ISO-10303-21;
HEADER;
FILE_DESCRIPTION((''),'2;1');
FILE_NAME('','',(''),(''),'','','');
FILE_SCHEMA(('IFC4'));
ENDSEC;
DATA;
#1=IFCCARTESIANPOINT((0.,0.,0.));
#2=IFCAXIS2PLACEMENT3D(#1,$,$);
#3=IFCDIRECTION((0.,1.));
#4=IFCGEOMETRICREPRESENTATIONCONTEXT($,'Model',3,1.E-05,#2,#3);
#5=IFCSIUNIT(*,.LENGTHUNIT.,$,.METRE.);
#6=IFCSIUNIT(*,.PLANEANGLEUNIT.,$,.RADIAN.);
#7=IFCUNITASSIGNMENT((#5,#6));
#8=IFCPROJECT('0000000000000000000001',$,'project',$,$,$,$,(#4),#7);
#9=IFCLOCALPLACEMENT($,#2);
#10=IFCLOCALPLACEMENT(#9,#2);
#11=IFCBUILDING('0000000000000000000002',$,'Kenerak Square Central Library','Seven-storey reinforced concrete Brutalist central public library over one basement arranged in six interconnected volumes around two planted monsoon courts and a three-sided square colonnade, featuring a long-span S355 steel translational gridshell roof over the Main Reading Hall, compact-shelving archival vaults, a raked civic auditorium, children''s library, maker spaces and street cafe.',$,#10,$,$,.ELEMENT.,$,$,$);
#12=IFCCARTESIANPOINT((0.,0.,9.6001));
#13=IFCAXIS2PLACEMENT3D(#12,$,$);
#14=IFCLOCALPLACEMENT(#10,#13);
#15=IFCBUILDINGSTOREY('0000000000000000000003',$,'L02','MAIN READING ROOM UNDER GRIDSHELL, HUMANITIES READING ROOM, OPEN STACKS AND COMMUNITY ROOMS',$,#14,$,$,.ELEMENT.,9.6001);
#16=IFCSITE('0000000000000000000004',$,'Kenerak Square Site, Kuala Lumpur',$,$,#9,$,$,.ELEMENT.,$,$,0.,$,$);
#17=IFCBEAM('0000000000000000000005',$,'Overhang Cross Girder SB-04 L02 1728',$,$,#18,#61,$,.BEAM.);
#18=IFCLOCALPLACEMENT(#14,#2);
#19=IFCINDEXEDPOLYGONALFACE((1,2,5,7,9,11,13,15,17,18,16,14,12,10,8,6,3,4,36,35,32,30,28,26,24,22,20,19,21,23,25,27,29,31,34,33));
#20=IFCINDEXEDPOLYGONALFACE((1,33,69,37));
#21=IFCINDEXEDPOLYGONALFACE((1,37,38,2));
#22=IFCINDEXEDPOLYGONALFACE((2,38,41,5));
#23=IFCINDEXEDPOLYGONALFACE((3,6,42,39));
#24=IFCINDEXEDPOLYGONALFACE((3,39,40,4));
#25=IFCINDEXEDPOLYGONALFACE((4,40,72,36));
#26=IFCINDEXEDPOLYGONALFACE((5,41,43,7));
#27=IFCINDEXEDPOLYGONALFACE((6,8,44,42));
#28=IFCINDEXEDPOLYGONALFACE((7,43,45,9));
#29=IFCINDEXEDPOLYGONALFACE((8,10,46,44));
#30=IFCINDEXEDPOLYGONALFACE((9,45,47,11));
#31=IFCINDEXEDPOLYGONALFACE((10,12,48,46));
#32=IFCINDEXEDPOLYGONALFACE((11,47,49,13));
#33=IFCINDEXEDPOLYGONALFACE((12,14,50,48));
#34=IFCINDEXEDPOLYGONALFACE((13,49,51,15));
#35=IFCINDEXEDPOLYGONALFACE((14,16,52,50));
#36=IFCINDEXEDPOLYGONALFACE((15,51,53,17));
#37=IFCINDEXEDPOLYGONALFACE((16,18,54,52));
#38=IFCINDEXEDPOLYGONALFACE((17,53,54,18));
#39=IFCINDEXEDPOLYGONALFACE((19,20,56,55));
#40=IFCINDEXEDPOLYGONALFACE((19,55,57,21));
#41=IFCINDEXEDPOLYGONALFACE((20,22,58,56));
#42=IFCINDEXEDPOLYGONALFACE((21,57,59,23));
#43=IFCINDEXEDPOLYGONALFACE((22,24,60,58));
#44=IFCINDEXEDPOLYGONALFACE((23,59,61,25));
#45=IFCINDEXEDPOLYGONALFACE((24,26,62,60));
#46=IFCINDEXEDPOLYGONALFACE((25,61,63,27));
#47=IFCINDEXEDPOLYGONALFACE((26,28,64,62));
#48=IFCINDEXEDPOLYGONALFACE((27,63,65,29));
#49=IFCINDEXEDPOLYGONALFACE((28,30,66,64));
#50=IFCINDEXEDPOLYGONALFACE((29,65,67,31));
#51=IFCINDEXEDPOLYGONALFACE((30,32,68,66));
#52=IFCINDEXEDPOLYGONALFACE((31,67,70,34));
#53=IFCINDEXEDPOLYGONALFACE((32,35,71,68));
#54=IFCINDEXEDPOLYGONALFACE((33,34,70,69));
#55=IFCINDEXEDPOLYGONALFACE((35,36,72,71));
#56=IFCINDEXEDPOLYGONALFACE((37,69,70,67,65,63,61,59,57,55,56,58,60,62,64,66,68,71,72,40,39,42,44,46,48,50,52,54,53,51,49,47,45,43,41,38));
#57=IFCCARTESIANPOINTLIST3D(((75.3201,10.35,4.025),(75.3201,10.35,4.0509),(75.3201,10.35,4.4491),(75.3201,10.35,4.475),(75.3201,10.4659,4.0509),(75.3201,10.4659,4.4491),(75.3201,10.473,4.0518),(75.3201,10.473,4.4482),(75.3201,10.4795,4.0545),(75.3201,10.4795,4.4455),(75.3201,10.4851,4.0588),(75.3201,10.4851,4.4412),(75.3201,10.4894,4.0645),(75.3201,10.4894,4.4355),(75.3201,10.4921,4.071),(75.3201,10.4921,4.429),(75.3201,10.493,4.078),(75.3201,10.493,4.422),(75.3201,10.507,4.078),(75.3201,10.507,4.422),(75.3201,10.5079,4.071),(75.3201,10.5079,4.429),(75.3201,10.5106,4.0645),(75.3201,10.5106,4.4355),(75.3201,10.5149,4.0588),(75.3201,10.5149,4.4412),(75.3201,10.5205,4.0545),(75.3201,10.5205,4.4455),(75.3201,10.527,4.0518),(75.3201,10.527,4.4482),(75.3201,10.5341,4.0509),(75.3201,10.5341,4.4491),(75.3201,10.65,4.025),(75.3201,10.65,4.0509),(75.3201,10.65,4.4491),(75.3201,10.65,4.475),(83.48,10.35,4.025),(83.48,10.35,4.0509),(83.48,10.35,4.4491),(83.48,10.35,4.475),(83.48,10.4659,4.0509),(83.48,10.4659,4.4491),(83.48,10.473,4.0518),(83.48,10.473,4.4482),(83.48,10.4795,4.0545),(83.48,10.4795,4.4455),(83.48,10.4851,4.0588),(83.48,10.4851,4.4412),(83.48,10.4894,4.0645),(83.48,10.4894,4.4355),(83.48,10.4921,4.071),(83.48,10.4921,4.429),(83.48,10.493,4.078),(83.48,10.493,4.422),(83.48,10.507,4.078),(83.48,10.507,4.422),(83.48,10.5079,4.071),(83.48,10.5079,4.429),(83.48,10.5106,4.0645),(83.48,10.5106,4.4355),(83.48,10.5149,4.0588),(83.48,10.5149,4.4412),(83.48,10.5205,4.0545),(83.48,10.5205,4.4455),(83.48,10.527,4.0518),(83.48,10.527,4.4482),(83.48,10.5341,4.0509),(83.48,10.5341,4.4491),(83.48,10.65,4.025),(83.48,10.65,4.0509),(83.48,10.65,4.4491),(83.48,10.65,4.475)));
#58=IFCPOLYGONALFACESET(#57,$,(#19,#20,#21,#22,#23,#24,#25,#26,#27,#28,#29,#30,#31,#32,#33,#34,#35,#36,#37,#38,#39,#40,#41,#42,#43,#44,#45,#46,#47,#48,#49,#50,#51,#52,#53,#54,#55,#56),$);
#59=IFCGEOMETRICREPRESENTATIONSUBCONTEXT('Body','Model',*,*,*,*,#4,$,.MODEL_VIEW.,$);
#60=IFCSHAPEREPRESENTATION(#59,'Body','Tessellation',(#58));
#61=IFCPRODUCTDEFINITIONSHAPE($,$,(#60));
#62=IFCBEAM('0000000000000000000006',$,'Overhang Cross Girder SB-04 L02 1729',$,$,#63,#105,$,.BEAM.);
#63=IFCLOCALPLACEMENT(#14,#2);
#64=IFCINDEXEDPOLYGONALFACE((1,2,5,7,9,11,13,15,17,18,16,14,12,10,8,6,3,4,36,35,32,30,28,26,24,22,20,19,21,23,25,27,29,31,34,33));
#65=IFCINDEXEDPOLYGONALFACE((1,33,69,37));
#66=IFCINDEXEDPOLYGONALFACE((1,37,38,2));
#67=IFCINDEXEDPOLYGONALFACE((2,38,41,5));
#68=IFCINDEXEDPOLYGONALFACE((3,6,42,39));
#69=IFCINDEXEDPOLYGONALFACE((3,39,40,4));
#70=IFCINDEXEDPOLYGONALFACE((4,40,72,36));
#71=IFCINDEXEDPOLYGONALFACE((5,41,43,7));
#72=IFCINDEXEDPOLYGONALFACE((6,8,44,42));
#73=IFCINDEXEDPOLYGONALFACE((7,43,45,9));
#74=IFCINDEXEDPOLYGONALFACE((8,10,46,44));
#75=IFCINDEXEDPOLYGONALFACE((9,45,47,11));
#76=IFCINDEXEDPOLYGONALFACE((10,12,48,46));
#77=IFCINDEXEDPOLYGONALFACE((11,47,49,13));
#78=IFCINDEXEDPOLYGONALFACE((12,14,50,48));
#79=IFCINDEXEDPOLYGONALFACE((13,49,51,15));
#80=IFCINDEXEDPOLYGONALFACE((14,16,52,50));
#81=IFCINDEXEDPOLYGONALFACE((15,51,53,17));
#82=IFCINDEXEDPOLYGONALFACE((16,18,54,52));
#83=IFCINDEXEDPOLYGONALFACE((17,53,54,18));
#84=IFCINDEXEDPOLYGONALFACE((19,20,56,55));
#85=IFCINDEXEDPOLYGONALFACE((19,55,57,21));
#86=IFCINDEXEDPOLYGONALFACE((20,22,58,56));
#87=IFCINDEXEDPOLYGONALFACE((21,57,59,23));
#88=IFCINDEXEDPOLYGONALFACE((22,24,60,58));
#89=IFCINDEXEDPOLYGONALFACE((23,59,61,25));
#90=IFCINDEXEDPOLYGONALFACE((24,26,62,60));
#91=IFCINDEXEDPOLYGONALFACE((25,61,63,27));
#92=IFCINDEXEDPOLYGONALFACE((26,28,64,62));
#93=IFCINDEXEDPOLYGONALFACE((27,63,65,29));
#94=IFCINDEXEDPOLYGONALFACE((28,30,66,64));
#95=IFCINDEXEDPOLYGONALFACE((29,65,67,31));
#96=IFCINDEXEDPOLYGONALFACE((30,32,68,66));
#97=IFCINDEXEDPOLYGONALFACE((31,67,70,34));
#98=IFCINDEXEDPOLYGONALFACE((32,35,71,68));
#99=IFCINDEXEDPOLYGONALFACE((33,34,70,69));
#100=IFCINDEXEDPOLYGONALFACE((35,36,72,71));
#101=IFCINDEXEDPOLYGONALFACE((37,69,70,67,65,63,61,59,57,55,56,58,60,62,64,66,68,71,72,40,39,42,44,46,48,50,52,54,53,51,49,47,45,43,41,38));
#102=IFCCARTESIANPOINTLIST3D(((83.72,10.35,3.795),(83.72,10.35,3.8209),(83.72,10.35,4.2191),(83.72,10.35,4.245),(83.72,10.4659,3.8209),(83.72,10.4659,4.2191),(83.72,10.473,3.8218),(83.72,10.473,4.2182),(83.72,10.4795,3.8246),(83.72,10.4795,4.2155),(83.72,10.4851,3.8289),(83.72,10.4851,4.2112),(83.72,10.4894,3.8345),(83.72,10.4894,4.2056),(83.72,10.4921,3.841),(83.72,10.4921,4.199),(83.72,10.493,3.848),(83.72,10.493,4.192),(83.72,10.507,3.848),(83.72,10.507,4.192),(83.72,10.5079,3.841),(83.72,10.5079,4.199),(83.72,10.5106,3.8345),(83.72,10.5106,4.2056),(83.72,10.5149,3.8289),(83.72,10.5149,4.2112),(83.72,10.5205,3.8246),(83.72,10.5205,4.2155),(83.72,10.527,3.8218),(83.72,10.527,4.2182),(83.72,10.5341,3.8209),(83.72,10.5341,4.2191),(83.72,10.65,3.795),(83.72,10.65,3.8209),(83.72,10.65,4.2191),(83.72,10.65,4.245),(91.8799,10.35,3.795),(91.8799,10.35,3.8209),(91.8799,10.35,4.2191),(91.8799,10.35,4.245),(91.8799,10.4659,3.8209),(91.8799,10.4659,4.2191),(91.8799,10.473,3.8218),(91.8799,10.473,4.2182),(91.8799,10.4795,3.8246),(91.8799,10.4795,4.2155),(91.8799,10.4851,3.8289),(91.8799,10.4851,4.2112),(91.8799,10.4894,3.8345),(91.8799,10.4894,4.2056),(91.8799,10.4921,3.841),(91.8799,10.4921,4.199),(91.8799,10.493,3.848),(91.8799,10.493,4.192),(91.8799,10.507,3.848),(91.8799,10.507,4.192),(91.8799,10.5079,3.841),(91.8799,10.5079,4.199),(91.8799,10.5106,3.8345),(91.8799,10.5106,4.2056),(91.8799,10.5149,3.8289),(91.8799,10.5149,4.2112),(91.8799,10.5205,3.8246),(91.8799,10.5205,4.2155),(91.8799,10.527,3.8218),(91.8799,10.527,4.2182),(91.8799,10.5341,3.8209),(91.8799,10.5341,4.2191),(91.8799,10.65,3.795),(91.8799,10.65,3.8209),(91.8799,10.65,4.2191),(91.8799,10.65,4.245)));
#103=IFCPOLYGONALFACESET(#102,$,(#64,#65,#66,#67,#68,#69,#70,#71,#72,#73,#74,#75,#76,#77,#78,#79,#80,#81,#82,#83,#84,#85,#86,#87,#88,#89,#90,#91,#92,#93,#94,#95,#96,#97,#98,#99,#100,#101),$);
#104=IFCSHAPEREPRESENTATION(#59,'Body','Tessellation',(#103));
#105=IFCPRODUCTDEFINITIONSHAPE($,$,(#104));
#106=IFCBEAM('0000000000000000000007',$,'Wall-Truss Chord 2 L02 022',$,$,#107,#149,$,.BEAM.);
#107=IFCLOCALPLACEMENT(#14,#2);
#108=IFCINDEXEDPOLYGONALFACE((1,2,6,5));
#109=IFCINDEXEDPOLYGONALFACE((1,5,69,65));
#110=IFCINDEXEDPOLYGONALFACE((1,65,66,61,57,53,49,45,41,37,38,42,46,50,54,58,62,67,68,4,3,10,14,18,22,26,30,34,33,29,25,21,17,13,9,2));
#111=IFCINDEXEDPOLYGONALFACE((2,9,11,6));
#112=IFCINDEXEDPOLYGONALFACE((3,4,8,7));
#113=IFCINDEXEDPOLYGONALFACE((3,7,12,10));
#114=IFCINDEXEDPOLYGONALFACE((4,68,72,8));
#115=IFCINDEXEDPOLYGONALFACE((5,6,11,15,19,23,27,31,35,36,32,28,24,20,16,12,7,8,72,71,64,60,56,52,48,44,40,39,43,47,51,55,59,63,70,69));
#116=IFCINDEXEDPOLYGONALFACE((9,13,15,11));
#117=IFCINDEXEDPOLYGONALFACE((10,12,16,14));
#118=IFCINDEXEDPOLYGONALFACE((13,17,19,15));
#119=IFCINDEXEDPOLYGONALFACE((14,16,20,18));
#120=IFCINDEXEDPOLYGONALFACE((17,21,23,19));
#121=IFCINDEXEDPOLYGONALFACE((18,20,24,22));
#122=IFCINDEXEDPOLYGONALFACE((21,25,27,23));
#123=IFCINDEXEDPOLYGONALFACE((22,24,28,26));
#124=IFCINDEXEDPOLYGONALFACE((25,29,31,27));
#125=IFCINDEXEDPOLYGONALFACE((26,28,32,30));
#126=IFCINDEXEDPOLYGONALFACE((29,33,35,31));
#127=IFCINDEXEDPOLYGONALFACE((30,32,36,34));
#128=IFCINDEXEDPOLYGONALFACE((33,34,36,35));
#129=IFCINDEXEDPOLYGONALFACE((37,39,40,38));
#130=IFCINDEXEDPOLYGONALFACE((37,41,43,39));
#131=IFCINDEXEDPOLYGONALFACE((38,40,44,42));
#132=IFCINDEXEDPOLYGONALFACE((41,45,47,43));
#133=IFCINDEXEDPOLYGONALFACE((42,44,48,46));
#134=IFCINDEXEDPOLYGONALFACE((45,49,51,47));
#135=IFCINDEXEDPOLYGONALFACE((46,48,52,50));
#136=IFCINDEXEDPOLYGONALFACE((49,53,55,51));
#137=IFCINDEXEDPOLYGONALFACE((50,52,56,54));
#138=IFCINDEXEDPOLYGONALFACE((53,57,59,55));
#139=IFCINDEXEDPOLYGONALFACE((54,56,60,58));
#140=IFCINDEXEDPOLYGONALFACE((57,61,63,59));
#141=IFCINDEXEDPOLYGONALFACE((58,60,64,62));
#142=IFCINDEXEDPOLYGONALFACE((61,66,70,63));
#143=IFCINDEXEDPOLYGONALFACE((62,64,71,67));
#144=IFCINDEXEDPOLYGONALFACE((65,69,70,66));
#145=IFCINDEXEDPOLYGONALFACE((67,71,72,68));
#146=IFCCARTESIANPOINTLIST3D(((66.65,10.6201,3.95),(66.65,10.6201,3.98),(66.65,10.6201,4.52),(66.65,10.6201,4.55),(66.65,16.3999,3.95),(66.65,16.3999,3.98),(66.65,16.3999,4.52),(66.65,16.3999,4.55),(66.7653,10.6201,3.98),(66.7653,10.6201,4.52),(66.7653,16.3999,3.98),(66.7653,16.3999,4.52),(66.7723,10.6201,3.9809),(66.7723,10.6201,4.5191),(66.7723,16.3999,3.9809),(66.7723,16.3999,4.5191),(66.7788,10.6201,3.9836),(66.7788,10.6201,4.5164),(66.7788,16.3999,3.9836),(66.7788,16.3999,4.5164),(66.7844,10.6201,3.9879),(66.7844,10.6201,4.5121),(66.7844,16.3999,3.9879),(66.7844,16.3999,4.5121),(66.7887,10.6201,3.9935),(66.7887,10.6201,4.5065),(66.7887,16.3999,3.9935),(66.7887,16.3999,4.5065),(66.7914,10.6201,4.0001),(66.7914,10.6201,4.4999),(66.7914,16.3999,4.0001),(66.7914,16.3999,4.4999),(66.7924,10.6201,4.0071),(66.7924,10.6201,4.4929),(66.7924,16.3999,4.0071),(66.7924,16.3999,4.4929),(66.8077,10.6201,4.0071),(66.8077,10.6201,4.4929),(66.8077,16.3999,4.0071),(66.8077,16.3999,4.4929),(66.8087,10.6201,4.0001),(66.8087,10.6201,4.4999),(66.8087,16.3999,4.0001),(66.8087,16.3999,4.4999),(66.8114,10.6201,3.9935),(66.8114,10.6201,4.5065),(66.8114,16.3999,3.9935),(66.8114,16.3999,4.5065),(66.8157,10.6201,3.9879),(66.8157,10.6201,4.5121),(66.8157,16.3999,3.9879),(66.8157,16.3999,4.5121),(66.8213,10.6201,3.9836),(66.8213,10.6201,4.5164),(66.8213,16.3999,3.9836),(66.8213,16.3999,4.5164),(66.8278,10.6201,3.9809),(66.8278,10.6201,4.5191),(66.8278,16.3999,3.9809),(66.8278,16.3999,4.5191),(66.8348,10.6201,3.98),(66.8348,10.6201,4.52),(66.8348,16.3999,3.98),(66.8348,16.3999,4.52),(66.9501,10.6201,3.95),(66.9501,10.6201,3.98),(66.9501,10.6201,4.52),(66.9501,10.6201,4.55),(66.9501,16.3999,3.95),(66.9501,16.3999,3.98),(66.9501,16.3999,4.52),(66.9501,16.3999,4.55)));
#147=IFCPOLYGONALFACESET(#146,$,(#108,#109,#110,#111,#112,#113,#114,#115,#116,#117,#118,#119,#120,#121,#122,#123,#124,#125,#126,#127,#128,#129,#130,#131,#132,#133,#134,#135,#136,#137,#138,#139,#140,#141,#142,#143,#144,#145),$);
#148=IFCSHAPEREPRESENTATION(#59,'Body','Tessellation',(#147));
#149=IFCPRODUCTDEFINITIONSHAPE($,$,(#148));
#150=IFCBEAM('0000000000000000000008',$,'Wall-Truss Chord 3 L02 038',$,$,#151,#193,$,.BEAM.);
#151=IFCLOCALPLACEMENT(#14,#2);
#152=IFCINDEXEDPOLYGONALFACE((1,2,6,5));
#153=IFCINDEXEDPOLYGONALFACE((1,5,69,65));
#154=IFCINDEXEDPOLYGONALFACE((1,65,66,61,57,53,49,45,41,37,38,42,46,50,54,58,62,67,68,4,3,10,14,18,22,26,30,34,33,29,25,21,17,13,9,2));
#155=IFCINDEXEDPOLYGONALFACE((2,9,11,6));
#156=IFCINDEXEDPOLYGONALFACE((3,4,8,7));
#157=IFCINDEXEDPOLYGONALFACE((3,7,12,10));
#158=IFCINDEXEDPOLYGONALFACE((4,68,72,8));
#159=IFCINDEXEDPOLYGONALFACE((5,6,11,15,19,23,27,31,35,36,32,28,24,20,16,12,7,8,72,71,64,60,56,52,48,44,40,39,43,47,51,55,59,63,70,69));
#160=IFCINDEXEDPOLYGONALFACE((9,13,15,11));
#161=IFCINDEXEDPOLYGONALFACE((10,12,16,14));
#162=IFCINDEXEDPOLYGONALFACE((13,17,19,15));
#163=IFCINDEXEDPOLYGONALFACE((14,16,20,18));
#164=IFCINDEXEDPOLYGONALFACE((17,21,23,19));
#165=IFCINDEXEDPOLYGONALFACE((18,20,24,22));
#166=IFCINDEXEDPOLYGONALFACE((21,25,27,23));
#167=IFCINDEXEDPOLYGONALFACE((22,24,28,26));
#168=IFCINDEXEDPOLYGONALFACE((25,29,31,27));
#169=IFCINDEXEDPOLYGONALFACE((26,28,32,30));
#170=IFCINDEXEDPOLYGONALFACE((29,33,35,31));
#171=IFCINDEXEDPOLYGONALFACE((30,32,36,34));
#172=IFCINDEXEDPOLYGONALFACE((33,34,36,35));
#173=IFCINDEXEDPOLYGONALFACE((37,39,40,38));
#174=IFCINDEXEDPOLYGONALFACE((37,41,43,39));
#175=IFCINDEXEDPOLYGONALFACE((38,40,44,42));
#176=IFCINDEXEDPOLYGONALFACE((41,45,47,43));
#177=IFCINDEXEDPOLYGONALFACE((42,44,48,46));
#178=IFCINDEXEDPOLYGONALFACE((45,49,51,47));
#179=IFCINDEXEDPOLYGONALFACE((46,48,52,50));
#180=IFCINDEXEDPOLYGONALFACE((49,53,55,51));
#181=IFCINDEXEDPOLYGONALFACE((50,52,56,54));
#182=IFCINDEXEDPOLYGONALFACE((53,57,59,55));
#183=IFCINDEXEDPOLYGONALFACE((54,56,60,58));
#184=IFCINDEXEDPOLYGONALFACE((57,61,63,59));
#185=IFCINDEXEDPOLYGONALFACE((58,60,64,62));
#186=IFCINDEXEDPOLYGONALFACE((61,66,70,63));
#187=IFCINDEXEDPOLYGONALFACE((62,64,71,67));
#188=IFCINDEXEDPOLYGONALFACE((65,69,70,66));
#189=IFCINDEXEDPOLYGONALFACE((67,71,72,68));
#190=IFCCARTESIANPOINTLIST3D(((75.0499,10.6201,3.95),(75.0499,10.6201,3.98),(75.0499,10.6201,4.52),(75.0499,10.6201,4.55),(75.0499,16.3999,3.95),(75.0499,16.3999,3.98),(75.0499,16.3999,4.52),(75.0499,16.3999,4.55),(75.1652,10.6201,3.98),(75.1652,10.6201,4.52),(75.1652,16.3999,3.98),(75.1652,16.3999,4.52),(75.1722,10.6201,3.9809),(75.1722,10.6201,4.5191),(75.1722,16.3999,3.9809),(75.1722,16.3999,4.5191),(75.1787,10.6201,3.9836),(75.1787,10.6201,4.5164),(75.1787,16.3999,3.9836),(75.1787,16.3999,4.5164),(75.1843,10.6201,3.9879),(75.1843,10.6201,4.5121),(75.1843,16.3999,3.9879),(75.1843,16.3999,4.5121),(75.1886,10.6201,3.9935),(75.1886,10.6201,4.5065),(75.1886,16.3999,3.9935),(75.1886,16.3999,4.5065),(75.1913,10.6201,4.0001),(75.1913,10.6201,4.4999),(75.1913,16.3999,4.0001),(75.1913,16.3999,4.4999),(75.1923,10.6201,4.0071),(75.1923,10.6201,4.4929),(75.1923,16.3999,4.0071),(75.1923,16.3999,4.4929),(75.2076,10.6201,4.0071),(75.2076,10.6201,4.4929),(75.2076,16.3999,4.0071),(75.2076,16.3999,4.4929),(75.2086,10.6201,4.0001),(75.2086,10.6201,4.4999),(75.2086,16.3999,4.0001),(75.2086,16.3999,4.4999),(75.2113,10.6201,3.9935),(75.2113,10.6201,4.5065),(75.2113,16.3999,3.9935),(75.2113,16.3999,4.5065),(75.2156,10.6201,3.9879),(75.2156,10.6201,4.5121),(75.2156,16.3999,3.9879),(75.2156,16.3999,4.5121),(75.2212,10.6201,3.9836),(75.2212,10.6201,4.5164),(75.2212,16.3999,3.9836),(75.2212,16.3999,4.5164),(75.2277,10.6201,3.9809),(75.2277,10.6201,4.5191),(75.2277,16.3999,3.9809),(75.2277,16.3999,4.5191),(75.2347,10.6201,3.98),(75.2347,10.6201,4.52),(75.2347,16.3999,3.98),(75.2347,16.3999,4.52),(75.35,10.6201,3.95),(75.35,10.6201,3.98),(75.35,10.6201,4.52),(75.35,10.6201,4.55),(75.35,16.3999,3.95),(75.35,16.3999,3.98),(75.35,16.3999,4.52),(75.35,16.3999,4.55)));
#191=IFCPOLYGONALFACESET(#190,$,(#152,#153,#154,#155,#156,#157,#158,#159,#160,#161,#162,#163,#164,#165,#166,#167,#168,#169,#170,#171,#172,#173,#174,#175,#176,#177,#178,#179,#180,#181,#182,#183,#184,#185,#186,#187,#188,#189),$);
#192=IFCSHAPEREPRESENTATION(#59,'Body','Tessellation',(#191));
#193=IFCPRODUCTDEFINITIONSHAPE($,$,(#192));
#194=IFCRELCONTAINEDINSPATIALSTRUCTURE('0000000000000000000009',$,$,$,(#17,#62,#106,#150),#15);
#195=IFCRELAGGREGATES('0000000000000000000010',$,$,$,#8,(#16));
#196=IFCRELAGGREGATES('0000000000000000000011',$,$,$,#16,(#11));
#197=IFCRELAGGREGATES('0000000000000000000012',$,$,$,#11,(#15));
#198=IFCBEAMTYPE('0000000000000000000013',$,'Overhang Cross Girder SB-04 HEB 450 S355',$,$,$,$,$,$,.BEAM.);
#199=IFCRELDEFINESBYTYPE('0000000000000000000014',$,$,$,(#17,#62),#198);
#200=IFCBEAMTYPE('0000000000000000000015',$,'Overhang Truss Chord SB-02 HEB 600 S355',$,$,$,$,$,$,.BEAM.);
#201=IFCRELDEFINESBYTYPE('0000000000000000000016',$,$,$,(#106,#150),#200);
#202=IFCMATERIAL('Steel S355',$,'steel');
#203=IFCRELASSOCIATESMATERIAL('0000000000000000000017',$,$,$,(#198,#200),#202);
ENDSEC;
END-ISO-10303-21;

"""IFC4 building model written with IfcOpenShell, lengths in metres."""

from ifc_helpers import new_model, si_unit, direction, frame, origin, origin_2d, place, context, subcontext, project, spatial, i_section, extrude, material, material_profile, profile_set, type_object, element, save


model = new_model("IFC4")

# Units and contexts
model_context = context("Model", 3, precision=1e-05, world=origin(), true_north=direction((0.0, 1.0)))
body_context = subcontext(model_context, "Body", "Model", "MODEL_VIEW")
ifc_project = project(units=[si_unit("LENGTHUNIT", "METRE"), si_unit("PLANEANGLEUNIT", "RADIAN")], contexts=[model_context])

# Site, building, storey
site_placement = place(None, origin())
site = spatial("IfcSite", under=ifc_project, at=site_placement, Name="Kenerak Square Site, Kuala Lumpur", CompositionType="ELEMENT", RefElevation=0.0)
building_placement = place(site_placement, origin())
building = spatial("IfcBuilding", under=site, at=building_placement, Name="Kenerak Square Central Library", Description="Seven-storey reinforced concrete Brutalist central public library over one basement arranged in six interconnected volumes around two planted monsoon courts and a three-sided square colonnade, featuring a long-span S355 steel translational gridshell roof over the Main Reading Hall, compact-shelving archival vaults, a raked civic auditorium, children's library, maker spaces and street cafe.", CompositionType="ELEMENT")
storey_placement = place(building_placement, frame((0.0, 0.0, 9.6001)))
storey = spatial("IfcBuildingStorey", under=building, at=storey_placement, Name="L02", Description="MAIN READING ROOM UNDER GRIDSHELL, HUMANITIES READING ROOM, OPEN STACKS AND COMMUNITY ROOMS", CompositionType="ELEMENT", Elevation=9.6001)

# Beams
ifc_material_1 = material(Name="Steel S355", Category="steel")
ifc_material_profile_1 = material_profile(ifc_material_1, i_section(OverallWidth=0.3, OverallDepth=0.45, WebThickness=0.0139, FlangeThickness=0.0259, FilletRadius=0.0271, at=origin_2d()), Name="HEB 450")
ifc_profile_set_1 = profile_set([ifc_material_profile_1], Name="Steel S355")
beam_type_1 = type_object("IfcBeamType", Name="Overhang Cross Girder SB-04 HEB 450 S355", PredefinedType="BEAM", material=ifc_profile_set_1)
for number, where, z_axis, x_axis, name in (
    (1, (75.3201, 10.5, 4.25), (1.0, 0.0, 0.0), (0.0, 1.0, 0.0), "Overhang Cross Girder SB-04 L02 1728"),
    (2, (83.72, 10.5, 4.02), (1.0, 0.0, 0.0), (0.0, 1.0, 0.0), "Overhang Cross Girder SB-04 L02 1729"),
):
    element("IfcBeam", number, at=place(storey_placement, frame(where, z_axis=z_axis, x_axis=x_axis)), inside=storey, type_object=beam_type_1, Name=name, PredefinedType="BEAM", context=body_context, shape_type="SweptSolid", body=[
        extrude(i_section(OverallWidth=0.3, OverallDepth=0.45, WebThickness=0.0139, FlangeThickness=0.0259, FilletRadius=0.0271, at=origin_2d()), origin(), (0.0, 0.0, 1.0), 8.1599),
    ])
ifc_material_profile_2 = material_profile(ifc_material_1, i_section(OverallWidth=0.3, OverallDepth=0.6001, WebThickness=0.0154, FlangeThickness=0.03, FilletRadius=0.0271, at=origin_2d()), Name="HEB 600")
ifc_profile_set_2 = profile_set([ifc_material_profile_2], Name="Steel S355")
beam_type_2 = type_object("IfcBeamType", Name="Overhang Truss Chord SB-02 HEB 600 S355", PredefinedType="BEAM", material=ifc_profile_set_2)
for number, where, z_axis, x_axis, name in (
    (3, (66.8, 10.6201, 4.25), (0.0, 1.0, 0.0), (-1.0, 0.0, 0.0), "Wall-Truss Chord 2 L02 022"),
    (4, (75.2, 10.6201, 4.25), (0.0, 1.0, 0.0), (-1.0, 0.0, 0.0), "Wall-Truss Chord 3 L02 038"),
):
    element("IfcBeam", number, at=place(storey_placement, frame(where, z_axis=z_axis, x_axis=x_axis)), inside=storey, type_object=beam_type_2, Name=name, PredefinedType="BEAM", context=body_context, shape_type="SweptSolid", body=[
        extrude(i_section(OverallWidth=0.3, OverallDepth=0.6001, WebThickness=0.0154, FlangeThickness=0.03, FilletRadius=0.0271, at=origin_2d()), origin(), (0.0, 0.0, 1.0), 5.7798),
    ])

save(model, "model.ifc")
